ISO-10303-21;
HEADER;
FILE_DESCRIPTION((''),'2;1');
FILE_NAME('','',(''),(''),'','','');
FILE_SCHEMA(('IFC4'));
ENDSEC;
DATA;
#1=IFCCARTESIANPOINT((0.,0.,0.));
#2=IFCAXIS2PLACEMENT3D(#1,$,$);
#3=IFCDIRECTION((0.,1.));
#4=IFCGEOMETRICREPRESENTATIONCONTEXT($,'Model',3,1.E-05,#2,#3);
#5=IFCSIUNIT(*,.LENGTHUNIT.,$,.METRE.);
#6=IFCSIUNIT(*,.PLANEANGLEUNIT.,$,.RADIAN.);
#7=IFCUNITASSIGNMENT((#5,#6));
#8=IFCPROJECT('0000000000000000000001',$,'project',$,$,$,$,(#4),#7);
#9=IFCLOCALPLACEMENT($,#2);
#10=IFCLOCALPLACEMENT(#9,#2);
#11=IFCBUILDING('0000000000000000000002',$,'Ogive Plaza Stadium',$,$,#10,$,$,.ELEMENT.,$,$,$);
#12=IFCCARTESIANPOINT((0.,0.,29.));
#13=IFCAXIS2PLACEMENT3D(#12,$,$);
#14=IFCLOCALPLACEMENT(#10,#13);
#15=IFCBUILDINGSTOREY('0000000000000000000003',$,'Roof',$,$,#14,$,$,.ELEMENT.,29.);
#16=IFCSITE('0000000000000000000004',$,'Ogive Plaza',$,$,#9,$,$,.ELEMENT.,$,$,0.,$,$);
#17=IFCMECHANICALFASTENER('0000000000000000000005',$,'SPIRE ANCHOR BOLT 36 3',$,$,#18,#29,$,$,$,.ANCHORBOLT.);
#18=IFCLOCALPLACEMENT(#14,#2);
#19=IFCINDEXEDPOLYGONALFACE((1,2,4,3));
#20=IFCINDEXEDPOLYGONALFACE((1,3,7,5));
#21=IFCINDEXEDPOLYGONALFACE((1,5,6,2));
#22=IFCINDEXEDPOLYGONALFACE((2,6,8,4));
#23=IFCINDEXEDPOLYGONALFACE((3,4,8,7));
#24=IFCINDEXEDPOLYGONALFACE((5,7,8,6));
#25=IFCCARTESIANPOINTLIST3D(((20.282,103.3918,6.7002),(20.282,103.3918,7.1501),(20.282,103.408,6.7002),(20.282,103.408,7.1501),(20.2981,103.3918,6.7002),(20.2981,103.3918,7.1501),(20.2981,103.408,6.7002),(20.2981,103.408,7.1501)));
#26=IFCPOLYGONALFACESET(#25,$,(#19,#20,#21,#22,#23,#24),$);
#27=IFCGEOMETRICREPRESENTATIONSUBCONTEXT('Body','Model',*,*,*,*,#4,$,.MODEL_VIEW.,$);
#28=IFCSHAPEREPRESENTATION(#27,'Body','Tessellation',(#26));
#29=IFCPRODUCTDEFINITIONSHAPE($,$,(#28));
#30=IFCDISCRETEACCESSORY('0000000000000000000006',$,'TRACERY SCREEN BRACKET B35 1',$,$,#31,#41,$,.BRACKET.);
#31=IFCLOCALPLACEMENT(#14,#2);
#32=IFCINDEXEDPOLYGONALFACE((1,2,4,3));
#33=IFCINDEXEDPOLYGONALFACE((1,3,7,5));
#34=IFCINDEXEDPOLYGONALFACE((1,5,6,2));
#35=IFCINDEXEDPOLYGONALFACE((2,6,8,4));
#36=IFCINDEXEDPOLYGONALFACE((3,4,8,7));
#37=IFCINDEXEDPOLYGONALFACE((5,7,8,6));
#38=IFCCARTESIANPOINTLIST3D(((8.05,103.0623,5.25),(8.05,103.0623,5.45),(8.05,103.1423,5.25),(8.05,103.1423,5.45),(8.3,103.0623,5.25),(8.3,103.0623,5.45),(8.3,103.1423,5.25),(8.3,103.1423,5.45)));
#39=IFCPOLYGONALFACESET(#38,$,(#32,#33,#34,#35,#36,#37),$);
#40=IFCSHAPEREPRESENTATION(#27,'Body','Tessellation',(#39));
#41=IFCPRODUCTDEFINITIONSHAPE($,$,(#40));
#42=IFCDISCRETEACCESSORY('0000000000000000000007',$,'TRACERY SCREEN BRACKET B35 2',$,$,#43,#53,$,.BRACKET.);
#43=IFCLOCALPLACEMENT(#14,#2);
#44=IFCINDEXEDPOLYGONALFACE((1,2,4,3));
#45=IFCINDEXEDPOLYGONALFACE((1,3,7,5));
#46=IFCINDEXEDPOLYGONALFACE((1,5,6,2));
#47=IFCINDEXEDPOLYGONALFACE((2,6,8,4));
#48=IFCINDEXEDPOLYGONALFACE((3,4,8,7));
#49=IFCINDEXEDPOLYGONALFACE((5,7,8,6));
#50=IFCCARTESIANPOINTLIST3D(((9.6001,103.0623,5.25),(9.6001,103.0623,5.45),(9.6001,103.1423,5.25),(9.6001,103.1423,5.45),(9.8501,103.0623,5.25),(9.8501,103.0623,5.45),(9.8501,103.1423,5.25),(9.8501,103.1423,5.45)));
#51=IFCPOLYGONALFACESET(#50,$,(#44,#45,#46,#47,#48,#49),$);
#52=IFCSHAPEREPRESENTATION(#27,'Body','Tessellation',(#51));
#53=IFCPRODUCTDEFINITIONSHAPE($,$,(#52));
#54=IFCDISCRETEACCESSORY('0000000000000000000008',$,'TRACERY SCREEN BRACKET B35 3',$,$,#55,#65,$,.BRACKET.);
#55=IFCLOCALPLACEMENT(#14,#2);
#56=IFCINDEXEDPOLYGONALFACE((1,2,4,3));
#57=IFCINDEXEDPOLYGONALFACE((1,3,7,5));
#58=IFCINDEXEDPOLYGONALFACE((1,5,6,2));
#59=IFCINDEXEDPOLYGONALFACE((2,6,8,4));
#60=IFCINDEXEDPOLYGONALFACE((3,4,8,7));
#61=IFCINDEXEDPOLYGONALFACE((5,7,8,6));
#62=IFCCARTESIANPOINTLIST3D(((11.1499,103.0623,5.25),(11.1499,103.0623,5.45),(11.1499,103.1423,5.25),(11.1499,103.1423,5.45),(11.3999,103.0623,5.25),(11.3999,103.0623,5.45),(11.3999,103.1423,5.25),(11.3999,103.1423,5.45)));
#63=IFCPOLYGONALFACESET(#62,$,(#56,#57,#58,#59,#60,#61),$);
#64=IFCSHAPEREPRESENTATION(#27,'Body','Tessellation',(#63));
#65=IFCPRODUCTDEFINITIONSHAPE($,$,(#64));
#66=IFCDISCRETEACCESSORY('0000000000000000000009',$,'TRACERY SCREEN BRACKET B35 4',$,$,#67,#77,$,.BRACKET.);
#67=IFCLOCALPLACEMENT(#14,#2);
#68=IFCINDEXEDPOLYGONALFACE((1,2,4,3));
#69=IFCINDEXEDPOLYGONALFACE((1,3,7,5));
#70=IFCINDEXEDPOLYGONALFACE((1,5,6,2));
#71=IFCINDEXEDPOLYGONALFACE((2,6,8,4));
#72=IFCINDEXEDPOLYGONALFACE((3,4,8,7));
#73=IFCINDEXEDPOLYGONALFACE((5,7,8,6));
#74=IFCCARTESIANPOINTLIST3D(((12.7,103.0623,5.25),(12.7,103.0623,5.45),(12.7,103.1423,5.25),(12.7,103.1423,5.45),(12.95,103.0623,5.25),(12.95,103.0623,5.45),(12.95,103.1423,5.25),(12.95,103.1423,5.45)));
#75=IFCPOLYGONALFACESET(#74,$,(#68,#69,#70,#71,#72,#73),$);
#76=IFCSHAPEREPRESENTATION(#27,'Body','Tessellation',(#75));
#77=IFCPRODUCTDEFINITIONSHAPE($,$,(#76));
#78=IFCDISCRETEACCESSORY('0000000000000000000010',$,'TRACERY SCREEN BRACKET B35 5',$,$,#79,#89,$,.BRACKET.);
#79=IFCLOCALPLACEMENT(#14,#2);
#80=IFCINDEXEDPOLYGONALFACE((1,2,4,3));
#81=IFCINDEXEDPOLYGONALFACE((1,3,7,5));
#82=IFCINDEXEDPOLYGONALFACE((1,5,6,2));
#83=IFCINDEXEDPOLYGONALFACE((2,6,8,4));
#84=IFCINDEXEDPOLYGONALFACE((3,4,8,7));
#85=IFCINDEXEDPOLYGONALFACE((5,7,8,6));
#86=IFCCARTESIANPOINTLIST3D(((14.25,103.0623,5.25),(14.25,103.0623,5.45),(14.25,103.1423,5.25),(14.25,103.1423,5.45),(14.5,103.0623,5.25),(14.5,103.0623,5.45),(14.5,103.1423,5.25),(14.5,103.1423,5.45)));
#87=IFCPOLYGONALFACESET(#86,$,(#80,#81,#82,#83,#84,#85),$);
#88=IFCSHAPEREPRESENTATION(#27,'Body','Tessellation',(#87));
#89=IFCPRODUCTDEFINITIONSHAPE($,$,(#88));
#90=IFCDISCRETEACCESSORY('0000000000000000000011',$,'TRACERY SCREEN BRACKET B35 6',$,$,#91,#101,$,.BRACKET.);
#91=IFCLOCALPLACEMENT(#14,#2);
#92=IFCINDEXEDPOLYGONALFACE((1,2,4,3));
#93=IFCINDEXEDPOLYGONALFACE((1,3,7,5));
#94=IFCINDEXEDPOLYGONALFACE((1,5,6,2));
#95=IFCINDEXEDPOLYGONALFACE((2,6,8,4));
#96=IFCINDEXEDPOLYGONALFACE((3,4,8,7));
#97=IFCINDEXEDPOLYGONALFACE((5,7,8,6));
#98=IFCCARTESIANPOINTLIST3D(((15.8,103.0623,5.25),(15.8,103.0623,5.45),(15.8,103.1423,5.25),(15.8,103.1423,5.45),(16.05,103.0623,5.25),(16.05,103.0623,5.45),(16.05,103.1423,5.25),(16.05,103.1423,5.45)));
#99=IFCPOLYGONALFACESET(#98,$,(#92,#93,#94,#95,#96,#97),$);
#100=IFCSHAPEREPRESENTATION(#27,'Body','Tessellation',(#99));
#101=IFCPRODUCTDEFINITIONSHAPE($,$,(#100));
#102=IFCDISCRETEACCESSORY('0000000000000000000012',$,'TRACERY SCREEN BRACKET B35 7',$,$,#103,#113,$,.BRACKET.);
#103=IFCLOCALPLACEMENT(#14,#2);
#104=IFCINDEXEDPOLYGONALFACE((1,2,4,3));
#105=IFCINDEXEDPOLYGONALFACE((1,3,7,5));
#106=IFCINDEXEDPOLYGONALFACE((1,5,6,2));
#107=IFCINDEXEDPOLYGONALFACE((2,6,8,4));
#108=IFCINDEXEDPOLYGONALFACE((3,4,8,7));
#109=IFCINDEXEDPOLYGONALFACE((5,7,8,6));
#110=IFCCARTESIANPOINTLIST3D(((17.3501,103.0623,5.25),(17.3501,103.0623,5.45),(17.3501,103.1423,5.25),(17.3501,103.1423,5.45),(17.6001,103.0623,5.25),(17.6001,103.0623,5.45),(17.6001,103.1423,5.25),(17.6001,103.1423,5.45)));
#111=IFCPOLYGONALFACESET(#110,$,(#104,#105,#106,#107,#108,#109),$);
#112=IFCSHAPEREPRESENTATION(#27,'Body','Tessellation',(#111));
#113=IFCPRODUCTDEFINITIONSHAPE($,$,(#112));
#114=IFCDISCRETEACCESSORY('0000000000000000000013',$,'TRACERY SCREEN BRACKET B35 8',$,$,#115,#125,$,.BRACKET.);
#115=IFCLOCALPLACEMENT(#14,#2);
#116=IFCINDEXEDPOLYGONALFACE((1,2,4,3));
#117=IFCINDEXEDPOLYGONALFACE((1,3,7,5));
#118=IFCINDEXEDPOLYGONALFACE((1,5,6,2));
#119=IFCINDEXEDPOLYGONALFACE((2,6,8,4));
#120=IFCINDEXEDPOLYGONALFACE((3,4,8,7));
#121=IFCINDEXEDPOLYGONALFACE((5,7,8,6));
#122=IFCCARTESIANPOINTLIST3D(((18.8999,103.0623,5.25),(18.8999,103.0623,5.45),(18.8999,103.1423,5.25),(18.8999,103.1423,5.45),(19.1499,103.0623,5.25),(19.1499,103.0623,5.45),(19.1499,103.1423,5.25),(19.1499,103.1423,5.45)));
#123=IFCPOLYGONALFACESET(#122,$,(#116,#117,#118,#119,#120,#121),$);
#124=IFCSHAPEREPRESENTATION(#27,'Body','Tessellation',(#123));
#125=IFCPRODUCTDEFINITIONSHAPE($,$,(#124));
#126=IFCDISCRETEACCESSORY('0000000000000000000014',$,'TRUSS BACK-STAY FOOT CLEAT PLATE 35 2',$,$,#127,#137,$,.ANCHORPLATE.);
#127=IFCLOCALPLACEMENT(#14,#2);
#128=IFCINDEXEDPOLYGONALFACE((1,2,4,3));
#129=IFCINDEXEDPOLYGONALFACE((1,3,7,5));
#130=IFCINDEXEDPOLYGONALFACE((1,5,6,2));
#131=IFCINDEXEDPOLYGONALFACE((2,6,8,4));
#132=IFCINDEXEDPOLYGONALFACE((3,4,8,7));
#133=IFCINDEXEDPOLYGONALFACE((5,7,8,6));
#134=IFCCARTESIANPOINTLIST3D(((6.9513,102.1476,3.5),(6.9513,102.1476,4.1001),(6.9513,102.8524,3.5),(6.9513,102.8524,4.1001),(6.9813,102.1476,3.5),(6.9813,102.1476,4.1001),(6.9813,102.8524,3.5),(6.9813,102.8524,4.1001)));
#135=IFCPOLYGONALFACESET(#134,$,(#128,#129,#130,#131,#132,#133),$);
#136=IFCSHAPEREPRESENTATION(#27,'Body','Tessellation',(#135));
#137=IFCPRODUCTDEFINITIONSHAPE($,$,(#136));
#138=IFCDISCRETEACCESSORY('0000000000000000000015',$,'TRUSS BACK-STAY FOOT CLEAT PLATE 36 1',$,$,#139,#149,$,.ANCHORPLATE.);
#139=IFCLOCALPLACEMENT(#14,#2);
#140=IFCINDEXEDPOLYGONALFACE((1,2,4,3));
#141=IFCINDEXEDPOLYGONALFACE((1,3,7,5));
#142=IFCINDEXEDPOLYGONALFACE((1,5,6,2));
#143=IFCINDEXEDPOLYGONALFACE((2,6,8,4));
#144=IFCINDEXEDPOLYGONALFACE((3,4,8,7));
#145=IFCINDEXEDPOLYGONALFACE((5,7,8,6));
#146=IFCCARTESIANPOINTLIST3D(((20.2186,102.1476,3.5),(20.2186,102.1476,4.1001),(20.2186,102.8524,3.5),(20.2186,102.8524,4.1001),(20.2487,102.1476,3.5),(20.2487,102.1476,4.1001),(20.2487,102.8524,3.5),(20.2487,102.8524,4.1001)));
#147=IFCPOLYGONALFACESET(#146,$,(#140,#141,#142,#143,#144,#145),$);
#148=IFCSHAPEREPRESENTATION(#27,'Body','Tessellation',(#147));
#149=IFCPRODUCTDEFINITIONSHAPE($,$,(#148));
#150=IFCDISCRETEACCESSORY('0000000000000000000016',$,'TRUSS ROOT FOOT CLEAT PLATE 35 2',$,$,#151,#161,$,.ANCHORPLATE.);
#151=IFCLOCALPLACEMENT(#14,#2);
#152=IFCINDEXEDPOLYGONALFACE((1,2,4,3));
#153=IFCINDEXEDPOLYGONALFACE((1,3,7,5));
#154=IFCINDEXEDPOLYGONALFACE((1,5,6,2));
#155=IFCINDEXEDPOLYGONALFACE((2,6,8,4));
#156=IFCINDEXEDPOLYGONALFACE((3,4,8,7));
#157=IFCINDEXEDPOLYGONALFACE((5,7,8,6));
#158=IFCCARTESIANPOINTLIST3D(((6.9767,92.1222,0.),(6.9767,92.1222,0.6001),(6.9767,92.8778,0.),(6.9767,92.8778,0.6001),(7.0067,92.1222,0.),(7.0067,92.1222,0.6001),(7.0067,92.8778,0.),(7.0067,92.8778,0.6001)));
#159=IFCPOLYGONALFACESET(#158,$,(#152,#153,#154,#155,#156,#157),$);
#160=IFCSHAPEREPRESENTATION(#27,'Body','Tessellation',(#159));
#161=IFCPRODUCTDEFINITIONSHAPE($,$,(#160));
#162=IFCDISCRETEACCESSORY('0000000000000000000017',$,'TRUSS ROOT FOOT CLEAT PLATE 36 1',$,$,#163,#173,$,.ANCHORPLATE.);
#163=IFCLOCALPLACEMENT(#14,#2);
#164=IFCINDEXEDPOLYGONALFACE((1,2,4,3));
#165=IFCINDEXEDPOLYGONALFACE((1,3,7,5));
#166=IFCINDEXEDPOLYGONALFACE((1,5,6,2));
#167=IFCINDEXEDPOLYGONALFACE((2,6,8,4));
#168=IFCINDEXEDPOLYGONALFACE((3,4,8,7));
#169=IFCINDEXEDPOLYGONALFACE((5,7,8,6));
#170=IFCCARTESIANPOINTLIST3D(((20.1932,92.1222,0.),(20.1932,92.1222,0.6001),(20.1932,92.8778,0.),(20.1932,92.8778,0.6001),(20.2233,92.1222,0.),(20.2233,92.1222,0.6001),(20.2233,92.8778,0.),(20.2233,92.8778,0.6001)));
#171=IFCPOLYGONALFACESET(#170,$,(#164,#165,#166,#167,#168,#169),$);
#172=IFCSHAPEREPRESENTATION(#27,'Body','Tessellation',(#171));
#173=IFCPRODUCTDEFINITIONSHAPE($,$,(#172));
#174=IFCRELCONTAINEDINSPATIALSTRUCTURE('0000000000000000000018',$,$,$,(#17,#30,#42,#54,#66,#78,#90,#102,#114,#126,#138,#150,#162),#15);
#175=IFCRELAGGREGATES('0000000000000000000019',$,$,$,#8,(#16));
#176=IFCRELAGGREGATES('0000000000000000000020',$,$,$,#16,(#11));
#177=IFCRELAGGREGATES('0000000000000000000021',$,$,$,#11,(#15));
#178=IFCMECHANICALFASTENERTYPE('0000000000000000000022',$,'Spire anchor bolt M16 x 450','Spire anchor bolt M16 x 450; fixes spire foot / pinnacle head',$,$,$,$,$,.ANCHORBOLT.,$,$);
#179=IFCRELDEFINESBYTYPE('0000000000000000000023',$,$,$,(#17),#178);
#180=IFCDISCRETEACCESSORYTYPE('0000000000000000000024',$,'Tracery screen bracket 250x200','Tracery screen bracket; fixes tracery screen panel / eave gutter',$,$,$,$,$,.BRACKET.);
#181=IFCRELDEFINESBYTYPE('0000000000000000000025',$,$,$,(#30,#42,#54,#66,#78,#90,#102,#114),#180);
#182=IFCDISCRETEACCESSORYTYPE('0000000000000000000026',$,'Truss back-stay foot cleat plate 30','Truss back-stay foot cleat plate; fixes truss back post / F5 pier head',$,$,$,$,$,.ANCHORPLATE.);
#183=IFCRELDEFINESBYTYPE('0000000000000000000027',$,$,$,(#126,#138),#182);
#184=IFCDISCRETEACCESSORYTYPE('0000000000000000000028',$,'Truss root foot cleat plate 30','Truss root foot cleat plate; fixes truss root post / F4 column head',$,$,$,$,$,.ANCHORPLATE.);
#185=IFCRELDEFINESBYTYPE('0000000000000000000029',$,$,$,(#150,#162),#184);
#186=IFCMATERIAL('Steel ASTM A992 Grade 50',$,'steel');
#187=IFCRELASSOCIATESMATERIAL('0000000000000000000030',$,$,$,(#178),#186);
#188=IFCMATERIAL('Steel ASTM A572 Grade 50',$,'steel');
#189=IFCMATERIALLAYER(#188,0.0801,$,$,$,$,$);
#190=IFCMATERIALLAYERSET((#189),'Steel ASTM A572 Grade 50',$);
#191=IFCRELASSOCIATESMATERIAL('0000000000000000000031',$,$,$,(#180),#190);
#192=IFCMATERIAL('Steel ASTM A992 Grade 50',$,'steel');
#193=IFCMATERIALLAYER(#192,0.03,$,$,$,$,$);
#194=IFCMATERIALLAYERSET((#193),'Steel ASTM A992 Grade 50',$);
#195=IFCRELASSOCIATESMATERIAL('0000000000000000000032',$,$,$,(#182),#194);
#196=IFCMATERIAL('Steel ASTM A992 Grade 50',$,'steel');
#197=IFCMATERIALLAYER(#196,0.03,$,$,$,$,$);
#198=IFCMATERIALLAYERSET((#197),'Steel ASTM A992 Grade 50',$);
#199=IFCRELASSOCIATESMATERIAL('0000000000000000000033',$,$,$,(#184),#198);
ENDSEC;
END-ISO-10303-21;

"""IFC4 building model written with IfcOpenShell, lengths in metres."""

from ifc_helpers import new_model, si_unit, direction, frame, origin, origin_2d, place, context, subcontext, project, spatial, rectangle, extrude, material, layer, layer_set, type_object, element, save


model = new_model("IFC4")

# Units and contexts
model_context = context("Model", 3, precision=1e-05, world=origin(), true_north=direction((0.0, 1.0)))
body_context = subcontext(model_context, "Body", "Model", "MODEL_VIEW")
ifc_project = project(units=[si_unit("LENGTHUNIT", "METRE"), si_unit("PLANEANGLEUNIT", "RADIAN")], contexts=[model_context])

# Site, building, storey
site_placement = place(None, origin())
site = spatial("IfcSite", under=ifc_project, at=site_placement, Name="Ogive Plaza", CompositionType="ELEMENT", RefElevation=0.0)
building_placement = place(site_placement, origin())
building = spatial("IfcBuilding", under=site, at=building_placement, Name="Ogive Plaza Stadium", CompositionType="ELEMENT")
storey_placement = place(building_placement, frame((0.0, 0.0, 29.0)))
storey = spatial("IfcBuildingStorey", under=building, at=storey_placement, Name="Roof", CompositionType="ELEMENT", Elevation=29.0)

# Mechanical fastener
ifc_material_1 = material(Name="Steel ASTM A992 Grade 50", Category="steel")
mechanical_fastener_type_1 = type_object("IfcMechanicalFastenerType", Name="Spire anchor bolt M16 x 450", Description="Spire anchor bolt M16 x 450; fixes spire foot / pinnacle head", PredefinedType="ANCHORBOLT", material=ifc_material_1)
mechanical_fastener_placement = place(storey_placement, frame((20.29, 103.3999, 6.7002), z_axis=(0.0, 0.0, 1.0), x_axis=(0.0, 1.0, 0.0)))
element("IfcMechanicalFastener", 1, at=mechanical_fastener_placement, inside=storey, type_object=mechanical_fastener_type_1, Name="SPIRE ANCHOR BOLT 36 3", PredefinedType="ANCHORBOLT", context=body_context, shape_type="SweptSolid", body=[
    extrude(rectangle(XDim=0.0161, YDim=0.0161, at=origin_2d()), origin(), (0.0, 0.0, 1.0), 0.45),
])

# Discrete accessories
ifc_material_2 = material(Name="Steel ASTM A572 Grade 50", Category="steel")
ifc_layer_1 = layer(ifc_material_2, 0.0801)
ifc_layer_set_1 = layer_set([ifc_layer_1], Name="Steel ASTM A572 Grade 50")
discrete_accessory_type_1 = type_object("IfcDiscreteAccessoryType", Name="Tracery screen bracket 250x200", Description="Tracery screen bracket; fixes tracery screen panel / eave gutter", PredefinedType="BRACKET", material=ifc_layer_set_1)
for number, where, z_axis, x_axis, name in (
    (2, (8.175, 103.1023, 5.25), (0.0, 0.0, 1.0), (1.0, 0.0, 0.0), "TRACERY SCREEN BRACKET B35 1"),
    (3, (9.7251, 103.1023, 5.25), (0.0, 0.0, 1.0), (1.0, 0.0, 0.0), "TRACERY SCREEN BRACKET B35 2"),
    (4, (11.2749, 103.1023, 5.25), (0.0, 0.0, 1.0), (1.0, 0.0, 0.0), "TRACERY SCREEN BRACKET B35 3"),
    (5, (12.825, 103.1023, 5.25), (0.0, 0.0, 1.0), (1.0, 0.0, 0.0), "TRACERY SCREEN BRACKET B35 4"),
    (6, (14.375, 103.1023, 5.25), (0.0, 0.0, 1.0), (1.0, 0.0, 0.0), "TRACERY SCREEN BRACKET B35 5"),
    (7, (15.925, 103.1023, 5.25), (0.0, 0.0, 1.0), (1.0, 0.0, 0.0), "TRACERY SCREEN BRACKET B35 6"),
    (8, (17.4751, 103.1023, 5.25), (0.0, 0.0, 1.0), (1.0, 0.0, 0.0), "TRACERY SCREEN BRACKET B35 7"),
    (9, (19.0249, 103.1023, 5.25), (0.0, 0.0, 1.0), (1.0, 0.0, 0.0), "TRACERY SCREEN BRACKET B35 8"),
):
    element("IfcDiscreteAccessory", number, at=place(storey_placement, frame(where, z_axis=z_axis, x_axis=x_axis)), inside=storey, type_object=discrete_accessory_type_1, Name=name, PredefinedType="BRACKET", context=body_context, shape_type="SweptSolid", body=[
        extrude(rectangle(XDim=0.25, YDim=0.0801, at=origin_2d()), origin(), (0.0, 0.0, 1.0), 0.2),
    ])
ifc_material_3 = material(Name="Steel ASTM A992 Grade 50", Category="steel")
ifc_layer_2 = layer(ifc_material_3, 0.03)
ifc_layer_set_2 = layer_set([ifc_layer_2], Name="Steel ASTM A992 Grade 50")
discrete_accessory_type_2 = type_object("IfcDiscreteAccessoryType", Name="Truss back-stay foot cleat plate 30", Description="Truss back-stay foot cleat plate; fixes truss back post / F5 pier head", PredefinedType="ANCHORPLATE", material=ifc_layer_set_2)
for number, where, z_axis, x_axis, name in (
    (10, (6.9663, 102.5, 3.5), (0.0, 0.0, 1.0), (0.0, 1.0, 0.0), "TRUSS BACK-STAY FOOT CLEAT PLATE 35 2"),
    (11, (20.2336, 102.5, 3.5), (0.0, 0.0, 1.0), (0.0, 1.0, 0.0), "TRUSS BACK-STAY FOOT CLEAT PLATE 36 1"),
):
    element("IfcDiscreteAccessory", number, at=place(storey_placement, frame(where, z_axis=z_axis, x_axis=x_axis)), inside=storey, type_object=discrete_accessory_type_2, Name=name, PredefinedType="ANCHORPLATE", context=body_context, shape_type="SweptSolid", body=[
        extrude(rectangle(XDim=0.7048, YDim=0.03, at=origin_2d()), origin(), (0.0, 0.0, 1.0), 0.6001),
    ])
ifc_material_4 = material(Name="Steel ASTM A992 Grade 50", Category="steel")
ifc_layer_3 = layer(ifc_material_4, 0.03)
ifc_layer_set_3 = layer_set([ifc_layer_3], Name="Steel ASTM A992 Grade 50")
discrete_accessory_type_3 = type_object("IfcDiscreteAccessoryType", Name="Truss root foot cleat plate 30", Description="Truss root foot cleat plate; fixes truss root post / F4 column head", PredefinedType="ANCHORPLATE", material=ifc_layer_set_3)
for number, where, z_axis, x_axis, name in (
    (12, (6.9917, 92.5, 0.0), (0.0, 0.0, 1.0), (0.0, 1.0, 0.0), "TRUSS ROOT FOOT CLEAT PLATE 35 2"),
    (13, (20.2083, 92.5, 0.0), (0.0, 0.0, 1.0), (0.0, 1.0, 0.0), "TRUSS ROOT FOOT CLEAT PLATE 36 1"),
):
    element("IfcDiscreteAccessory", number, at=place(storey_placement, frame(where, z_axis=z_axis, x_axis=x_axis)), inside=storey, type_object=discrete_accessory_type_3, Name=name, PredefinedType="ANCHORPLATE", context=body_context, shape_type="SweptSolid", body=[
        extrude(rectangle(XDim=0.7556, YDim=0.03, at=origin_2d()), origin(), (0.0, 0.0, 1.0), 0.6001),
    ])

save(model, "model.ifc")
